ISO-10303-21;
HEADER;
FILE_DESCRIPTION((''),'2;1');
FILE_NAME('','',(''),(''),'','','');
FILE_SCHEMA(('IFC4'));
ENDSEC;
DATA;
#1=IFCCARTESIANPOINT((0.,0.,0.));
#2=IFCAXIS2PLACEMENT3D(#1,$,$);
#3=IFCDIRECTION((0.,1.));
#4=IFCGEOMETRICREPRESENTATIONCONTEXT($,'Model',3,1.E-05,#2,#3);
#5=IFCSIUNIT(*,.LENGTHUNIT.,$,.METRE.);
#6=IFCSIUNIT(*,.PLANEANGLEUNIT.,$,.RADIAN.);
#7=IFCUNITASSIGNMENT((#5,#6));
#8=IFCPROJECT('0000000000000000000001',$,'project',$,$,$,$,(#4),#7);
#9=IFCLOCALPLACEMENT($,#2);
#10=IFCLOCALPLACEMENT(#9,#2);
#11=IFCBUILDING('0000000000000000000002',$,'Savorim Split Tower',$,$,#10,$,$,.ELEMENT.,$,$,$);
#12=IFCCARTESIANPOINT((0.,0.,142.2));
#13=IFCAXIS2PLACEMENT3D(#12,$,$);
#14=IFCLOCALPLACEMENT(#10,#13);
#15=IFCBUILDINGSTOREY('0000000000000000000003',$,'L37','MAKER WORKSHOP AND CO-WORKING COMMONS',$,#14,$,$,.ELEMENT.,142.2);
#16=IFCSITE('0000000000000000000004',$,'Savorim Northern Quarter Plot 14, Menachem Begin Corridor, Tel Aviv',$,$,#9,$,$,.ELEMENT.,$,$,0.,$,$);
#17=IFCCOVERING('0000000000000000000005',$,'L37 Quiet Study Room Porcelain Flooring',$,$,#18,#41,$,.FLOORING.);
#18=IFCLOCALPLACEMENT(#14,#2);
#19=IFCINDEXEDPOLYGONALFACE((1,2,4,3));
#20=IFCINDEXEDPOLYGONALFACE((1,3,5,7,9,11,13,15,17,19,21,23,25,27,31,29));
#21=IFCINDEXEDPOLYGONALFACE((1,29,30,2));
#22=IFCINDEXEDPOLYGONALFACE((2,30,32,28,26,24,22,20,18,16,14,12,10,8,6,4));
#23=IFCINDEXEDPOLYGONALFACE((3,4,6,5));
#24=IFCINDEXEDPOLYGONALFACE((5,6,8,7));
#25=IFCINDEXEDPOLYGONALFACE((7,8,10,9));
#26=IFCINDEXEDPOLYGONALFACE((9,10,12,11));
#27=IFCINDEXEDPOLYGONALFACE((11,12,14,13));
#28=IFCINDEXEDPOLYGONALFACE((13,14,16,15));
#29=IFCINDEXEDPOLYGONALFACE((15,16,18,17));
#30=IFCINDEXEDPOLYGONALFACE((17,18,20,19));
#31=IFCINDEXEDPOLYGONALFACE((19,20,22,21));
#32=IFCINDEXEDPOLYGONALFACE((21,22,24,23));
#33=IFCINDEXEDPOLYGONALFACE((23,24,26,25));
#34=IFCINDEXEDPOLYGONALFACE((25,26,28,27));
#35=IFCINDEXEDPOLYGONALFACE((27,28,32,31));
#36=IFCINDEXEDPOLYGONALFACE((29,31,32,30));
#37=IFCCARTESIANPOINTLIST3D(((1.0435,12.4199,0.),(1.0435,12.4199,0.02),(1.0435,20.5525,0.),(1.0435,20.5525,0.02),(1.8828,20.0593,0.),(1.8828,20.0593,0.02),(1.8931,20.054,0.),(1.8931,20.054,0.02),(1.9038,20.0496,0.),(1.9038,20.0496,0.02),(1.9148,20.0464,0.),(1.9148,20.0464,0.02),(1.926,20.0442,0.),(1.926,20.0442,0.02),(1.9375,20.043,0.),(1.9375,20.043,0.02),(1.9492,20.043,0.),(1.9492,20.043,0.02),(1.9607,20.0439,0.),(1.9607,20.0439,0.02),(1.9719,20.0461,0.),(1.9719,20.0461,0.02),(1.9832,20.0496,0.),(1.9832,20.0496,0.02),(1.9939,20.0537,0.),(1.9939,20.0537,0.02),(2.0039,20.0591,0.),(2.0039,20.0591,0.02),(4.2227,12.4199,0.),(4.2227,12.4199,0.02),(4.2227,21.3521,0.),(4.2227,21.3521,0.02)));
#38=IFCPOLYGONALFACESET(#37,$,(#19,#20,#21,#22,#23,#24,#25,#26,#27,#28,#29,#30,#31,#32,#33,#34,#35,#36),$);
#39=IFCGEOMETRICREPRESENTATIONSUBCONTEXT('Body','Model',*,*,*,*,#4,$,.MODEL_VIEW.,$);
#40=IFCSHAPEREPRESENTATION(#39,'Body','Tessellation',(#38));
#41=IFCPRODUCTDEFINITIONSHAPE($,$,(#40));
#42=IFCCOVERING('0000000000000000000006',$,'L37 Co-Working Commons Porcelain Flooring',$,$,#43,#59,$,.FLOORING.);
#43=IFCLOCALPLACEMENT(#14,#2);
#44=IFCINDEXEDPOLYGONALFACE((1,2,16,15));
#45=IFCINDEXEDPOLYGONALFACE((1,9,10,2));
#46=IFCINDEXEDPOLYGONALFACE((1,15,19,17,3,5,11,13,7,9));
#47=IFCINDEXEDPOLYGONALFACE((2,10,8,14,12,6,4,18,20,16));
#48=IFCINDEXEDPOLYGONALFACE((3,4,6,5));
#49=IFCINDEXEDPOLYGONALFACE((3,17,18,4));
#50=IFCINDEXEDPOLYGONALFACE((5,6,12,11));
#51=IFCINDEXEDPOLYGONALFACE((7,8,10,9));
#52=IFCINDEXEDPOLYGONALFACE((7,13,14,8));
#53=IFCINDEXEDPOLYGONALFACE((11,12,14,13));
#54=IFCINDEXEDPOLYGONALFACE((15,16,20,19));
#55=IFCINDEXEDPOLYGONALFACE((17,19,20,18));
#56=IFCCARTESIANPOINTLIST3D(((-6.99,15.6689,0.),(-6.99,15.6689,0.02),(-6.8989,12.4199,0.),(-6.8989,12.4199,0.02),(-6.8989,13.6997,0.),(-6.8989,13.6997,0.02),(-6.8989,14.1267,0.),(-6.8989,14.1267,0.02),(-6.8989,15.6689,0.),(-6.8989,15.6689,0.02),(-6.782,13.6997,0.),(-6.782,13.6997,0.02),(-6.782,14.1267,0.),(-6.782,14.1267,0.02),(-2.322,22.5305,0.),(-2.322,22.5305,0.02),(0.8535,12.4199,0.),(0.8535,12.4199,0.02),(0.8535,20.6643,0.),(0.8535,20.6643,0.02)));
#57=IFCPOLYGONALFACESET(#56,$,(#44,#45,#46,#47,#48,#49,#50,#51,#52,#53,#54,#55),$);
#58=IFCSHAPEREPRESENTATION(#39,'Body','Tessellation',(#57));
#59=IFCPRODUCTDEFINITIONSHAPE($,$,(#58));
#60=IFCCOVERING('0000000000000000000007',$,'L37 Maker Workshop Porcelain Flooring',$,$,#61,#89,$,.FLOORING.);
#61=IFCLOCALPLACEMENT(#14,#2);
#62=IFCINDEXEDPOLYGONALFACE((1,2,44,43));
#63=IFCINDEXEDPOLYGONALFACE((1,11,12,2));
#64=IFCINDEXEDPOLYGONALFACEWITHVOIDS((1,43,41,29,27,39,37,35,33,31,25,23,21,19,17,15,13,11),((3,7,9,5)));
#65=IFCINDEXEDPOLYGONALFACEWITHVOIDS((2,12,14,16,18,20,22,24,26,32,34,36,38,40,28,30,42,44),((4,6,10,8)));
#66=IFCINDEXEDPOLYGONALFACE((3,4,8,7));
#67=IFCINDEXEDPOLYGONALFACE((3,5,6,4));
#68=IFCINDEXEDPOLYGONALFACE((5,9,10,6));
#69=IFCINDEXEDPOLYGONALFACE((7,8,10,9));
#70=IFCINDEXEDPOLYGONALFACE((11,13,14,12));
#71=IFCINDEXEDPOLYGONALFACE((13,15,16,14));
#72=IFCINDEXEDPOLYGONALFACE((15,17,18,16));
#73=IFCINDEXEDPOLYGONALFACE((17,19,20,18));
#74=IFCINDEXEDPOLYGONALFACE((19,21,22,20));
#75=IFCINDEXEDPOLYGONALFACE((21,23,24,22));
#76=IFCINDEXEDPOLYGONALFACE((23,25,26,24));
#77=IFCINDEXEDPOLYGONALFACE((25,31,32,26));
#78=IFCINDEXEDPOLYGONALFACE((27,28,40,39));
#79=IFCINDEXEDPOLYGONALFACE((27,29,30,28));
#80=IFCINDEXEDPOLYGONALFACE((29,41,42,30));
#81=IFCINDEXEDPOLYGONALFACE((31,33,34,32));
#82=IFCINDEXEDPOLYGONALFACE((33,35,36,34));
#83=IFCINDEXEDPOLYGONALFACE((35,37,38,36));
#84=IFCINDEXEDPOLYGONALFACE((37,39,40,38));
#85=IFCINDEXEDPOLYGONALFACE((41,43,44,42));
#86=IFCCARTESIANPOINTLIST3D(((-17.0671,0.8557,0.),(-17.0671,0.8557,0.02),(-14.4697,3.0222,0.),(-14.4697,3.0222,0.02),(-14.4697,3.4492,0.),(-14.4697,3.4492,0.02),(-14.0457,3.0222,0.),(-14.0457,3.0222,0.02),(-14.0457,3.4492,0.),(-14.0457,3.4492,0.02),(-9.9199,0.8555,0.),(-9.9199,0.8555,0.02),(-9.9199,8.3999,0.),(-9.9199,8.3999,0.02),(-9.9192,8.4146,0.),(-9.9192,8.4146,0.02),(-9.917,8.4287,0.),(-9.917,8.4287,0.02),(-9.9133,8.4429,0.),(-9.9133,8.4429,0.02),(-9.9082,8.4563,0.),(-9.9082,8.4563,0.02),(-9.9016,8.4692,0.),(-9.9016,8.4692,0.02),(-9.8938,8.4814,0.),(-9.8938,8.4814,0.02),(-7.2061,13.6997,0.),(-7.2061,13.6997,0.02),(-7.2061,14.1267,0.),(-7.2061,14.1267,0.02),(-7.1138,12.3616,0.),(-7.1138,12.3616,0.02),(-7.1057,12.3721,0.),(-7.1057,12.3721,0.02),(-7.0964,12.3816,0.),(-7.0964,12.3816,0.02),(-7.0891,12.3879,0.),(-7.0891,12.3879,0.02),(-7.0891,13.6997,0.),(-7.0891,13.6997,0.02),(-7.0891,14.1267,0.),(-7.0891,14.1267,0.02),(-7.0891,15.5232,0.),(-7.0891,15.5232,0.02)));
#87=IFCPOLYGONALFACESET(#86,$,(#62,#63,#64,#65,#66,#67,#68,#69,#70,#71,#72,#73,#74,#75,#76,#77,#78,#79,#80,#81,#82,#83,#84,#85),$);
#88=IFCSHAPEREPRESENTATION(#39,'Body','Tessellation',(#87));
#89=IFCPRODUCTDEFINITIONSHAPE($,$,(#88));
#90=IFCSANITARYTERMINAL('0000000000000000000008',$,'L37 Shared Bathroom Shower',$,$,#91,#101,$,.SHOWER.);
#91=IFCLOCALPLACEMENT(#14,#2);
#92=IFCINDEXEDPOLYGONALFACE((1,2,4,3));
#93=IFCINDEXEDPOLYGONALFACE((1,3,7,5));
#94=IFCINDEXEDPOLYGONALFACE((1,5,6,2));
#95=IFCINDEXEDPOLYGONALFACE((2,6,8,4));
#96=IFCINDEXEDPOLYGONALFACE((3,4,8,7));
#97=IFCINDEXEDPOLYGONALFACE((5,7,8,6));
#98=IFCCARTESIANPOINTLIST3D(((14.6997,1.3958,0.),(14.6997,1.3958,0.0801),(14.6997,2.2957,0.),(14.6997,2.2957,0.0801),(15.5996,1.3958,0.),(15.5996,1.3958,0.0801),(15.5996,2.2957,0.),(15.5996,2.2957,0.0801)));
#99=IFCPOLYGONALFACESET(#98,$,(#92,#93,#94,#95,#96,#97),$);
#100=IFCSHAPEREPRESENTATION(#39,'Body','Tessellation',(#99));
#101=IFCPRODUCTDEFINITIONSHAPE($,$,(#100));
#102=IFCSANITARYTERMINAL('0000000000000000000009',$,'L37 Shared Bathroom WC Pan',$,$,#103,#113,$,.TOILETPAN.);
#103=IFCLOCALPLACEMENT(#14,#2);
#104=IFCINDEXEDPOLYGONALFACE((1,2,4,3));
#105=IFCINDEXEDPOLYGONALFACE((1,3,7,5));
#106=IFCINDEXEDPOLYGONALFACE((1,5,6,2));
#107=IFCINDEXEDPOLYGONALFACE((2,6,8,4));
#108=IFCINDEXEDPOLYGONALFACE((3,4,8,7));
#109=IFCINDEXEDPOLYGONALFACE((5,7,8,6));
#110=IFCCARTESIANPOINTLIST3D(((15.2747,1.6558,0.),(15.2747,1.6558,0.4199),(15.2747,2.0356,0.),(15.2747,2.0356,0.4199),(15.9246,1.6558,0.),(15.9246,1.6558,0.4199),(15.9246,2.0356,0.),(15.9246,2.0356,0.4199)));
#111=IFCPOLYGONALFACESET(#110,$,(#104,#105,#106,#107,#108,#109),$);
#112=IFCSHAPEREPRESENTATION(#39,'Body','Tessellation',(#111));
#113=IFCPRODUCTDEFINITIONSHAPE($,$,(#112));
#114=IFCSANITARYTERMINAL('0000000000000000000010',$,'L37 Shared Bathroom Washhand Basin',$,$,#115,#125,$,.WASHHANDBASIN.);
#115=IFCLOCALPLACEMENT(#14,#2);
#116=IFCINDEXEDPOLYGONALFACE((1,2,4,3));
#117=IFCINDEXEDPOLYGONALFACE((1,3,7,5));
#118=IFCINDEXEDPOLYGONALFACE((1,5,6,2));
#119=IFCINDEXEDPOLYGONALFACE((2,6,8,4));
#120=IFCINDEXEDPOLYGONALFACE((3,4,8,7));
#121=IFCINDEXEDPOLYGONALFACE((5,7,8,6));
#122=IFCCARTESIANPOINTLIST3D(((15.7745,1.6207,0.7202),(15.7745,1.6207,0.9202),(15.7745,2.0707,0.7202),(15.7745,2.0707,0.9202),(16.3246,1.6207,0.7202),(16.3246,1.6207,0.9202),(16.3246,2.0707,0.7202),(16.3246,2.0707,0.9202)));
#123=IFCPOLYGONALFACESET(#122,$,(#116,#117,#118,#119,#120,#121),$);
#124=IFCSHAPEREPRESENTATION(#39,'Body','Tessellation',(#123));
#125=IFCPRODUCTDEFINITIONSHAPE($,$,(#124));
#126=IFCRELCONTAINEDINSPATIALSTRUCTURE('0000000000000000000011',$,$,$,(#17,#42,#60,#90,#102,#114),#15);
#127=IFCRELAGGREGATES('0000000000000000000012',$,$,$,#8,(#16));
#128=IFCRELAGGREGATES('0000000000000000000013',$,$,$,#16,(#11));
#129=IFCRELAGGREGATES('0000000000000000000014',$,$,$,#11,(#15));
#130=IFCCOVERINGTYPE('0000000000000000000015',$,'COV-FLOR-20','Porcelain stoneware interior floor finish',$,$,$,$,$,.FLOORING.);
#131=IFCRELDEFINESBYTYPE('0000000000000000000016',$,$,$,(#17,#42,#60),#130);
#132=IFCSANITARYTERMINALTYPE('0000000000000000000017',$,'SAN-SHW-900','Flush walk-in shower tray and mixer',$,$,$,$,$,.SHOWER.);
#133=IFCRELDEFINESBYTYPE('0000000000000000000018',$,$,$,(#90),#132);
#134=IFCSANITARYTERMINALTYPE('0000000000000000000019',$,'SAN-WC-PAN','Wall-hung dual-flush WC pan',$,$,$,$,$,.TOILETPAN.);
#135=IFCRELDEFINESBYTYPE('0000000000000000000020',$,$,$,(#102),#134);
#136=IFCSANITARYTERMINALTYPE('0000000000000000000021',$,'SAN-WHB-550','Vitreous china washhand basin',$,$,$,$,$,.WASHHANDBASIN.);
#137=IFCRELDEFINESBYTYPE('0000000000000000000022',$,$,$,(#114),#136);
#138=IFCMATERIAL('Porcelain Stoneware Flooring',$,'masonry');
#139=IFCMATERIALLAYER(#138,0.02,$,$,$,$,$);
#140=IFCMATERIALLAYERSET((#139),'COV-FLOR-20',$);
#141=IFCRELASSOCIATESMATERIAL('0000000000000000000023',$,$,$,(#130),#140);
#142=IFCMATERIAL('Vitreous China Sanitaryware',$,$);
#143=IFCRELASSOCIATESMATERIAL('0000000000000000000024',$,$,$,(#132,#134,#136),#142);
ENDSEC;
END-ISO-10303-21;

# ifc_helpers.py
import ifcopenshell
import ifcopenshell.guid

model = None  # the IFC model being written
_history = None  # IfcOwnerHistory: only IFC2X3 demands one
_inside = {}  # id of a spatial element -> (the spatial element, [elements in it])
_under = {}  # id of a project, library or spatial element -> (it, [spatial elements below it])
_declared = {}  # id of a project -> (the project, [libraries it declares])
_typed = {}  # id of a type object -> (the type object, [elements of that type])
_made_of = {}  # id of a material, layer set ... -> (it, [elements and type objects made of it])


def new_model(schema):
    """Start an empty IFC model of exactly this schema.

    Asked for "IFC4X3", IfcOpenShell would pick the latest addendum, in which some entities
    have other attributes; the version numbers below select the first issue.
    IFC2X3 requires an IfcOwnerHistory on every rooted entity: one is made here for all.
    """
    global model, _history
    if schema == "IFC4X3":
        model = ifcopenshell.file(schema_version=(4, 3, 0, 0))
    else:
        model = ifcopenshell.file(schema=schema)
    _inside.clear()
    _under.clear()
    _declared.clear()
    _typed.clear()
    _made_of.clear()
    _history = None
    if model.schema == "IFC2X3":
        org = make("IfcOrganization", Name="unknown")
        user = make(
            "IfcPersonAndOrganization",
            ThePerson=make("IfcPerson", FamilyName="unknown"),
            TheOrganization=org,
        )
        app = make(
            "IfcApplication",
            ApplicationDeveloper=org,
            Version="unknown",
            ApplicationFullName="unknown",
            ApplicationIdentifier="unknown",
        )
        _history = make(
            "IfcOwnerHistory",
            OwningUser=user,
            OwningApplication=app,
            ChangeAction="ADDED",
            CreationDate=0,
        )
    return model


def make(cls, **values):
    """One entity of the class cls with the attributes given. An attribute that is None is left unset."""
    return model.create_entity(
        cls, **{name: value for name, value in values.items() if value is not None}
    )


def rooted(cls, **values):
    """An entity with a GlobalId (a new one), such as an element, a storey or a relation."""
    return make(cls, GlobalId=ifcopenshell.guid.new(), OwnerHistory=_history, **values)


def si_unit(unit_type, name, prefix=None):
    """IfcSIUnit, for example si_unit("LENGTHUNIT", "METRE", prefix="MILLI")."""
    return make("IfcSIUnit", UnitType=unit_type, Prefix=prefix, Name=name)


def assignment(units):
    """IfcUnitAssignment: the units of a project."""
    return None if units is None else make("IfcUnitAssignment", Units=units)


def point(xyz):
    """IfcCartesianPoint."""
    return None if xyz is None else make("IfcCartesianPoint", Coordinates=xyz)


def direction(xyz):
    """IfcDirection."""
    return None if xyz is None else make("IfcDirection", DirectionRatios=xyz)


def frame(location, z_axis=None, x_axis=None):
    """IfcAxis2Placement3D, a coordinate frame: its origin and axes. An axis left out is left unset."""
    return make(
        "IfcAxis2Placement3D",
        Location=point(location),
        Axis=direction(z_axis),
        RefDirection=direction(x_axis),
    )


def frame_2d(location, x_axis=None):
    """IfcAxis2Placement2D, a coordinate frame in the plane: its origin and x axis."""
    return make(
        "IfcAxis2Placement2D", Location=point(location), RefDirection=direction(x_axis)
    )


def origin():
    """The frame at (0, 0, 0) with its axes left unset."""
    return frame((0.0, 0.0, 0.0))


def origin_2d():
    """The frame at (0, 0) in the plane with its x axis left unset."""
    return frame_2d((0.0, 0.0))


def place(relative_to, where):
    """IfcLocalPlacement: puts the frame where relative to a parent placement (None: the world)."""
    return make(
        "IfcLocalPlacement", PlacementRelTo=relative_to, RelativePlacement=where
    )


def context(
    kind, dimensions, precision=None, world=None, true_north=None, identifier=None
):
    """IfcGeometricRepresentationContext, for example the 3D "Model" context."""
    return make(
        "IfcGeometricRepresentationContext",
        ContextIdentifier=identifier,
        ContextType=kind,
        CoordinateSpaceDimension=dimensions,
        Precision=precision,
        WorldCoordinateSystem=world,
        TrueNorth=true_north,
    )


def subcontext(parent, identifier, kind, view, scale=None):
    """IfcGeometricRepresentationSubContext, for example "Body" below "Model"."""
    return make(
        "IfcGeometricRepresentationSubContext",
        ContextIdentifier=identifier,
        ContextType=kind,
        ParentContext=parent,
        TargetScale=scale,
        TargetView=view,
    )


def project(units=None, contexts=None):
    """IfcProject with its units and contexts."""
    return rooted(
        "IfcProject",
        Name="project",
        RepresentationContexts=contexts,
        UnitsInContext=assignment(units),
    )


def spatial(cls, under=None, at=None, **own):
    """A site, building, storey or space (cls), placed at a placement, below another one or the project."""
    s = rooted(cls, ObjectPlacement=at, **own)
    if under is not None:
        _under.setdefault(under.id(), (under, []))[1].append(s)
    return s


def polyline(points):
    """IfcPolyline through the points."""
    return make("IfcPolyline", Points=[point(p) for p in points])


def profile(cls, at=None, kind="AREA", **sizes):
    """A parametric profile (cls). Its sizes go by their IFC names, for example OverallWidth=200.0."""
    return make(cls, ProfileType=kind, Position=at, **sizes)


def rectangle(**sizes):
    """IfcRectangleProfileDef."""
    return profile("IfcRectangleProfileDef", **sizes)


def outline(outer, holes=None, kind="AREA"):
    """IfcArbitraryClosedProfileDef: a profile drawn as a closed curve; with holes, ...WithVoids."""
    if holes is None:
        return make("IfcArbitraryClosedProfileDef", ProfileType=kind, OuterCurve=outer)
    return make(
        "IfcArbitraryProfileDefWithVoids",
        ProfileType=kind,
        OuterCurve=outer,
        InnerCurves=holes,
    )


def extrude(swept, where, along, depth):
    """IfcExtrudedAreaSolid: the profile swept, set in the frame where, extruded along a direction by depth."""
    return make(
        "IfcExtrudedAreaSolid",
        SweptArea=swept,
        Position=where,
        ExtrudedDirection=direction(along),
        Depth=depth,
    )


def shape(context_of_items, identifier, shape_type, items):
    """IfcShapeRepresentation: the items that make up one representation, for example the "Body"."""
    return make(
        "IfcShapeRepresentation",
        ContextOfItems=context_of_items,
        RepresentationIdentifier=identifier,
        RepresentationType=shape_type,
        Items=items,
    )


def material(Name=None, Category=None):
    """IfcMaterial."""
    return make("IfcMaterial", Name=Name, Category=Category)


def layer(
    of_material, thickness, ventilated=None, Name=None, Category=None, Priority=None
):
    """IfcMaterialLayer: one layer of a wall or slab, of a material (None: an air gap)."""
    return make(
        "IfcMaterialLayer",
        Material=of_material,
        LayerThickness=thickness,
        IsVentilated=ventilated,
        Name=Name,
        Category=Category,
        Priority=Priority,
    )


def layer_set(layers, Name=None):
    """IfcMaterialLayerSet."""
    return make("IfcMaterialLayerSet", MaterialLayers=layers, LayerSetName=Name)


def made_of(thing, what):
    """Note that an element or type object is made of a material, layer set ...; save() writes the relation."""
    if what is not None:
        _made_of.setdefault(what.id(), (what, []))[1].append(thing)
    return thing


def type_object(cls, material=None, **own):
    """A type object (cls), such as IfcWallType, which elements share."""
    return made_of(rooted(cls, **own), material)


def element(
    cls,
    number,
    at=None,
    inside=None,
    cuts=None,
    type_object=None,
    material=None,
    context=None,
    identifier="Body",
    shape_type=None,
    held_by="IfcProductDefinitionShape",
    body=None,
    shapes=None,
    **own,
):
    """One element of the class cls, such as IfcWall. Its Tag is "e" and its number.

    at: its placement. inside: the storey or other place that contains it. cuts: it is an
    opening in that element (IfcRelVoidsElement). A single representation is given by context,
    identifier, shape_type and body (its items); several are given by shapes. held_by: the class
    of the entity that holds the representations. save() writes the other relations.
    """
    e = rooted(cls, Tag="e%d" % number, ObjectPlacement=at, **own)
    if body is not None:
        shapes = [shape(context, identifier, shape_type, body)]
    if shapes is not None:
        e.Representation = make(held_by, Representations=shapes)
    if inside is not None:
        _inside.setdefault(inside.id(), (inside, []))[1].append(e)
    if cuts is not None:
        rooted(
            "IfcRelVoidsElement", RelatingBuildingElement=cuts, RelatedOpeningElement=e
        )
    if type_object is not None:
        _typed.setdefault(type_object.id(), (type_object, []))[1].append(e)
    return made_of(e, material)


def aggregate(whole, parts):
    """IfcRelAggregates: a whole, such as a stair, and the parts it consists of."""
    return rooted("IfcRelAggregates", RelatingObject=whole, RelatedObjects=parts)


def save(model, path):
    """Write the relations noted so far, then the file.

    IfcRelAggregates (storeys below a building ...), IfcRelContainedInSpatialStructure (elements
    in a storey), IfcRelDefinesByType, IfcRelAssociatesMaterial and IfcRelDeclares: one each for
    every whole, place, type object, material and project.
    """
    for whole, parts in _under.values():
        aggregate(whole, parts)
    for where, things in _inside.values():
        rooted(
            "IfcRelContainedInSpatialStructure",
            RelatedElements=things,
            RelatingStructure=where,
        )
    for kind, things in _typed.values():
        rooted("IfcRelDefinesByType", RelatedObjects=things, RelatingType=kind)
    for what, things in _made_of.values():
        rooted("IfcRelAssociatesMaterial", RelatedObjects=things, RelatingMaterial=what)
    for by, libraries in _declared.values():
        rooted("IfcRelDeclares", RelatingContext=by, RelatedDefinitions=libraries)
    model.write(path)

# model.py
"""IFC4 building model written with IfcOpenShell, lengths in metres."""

from ifc_helpers import new_model, si_unit, direction, frame, origin, origin_2d, place, context, subcontext, project, spatial, polyline, rectangle, outline, extrude, material, layer, layer_set, type_object, element, save


model = new_model("IFC4")

# Units and contexts
model_context = context("Model", 3, precision=1e-05, world=origin(), true_north=direction((0.0, 1.0)))
body_context = subcontext(model_context, "Body", "Model", "MODEL_VIEW")
ifc_project = project(units=[si_unit("LENGTHUNIT", "METRE"), si_unit("PLANEANGLEUNIT", "RADIAN")], contexts=[model_context])

# Site, building, storey
site_placement = place(None, origin())
site = spatial("IfcSite", under=ifc_project, at=site_placement, Name="Savorim Northern Quarter Plot 14, Menachem Begin Corridor, Tel Aviv", CompositionType="ELEMENT", RefElevation=0.0)
building_placement = place(site_placement, origin())
building = spatial("IfcBuilding", under=site, at=building_placement, Name="Savorim Split Tower", CompositionType="ELEMENT")
storey_placement = place(building_placement, frame((0.0, 0.0, 142.2)))
storey = spatial("IfcBuildingStorey", under=building, at=storey_placement, Name="L37", Description="MAKER WORKSHOP AND CO-WORKING COMMONS", CompositionType="ELEMENT", Elevation=142.2)

# Coverings
ifc_material_1 = material(Name="Porcelain Stoneware Flooring", Category="masonry")
ifc_layer_1 = layer(ifc_material_1, 0.02)
ifc_layer_set_1 = layer_set([ifc_layer_1], Name="COV-FLOR-20")
covering_type_1 = type_object("IfcCoveringType", Name="COV-FLOR-20", Description="Porcelain stoneware interior floor finish", PredefinedType="FLOORING", material=ifc_layer_set_1)
covering_1_placement = place(storey_placement, origin())
element("IfcCovering", 1, at=covering_1_placement, inside=storey, type_object=covering_type_1, Name="L37 Quiet Study Room Porcelain Flooring", PredefinedType="FLOORING", context=body_context, shape_type="SweptSolid", body=[
    extrude(outline(polyline([(1.9038, 20.0496), (1.8931, 20.054), (1.8828, 20.0593), (1.0435, 20.5525), (1.0435, 12.4199), (4.2227, 12.4199), (4.2227, 21.3521), (2.0039, 20.0591), (1.9939, 20.0537), (1.9832, 20.0496), (1.9719, 20.0461), (1.9607, 20.0439), (1.9492, 20.043), (1.9375, 20.043), (1.926, 20.0442), (1.9148, 20.0464), (1.9038, 20.0496)])), origin(), (0.0, 0.0, 1.0), 0.02),
])
covering_2_placement = place(storey_placement, origin())
element("IfcCovering", 2, at=covering_2_placement, inside=storey, type_object=covering_type_1, Name="L37 Co-Working Commons Porcelain Flooring", PredefinedType="FLOORING", context=body_context, shape_type="SweptSolid", body=[
    extrude(outline(polyline([(-6.8989, 12.4199), (0.8535, 12.4199), (0.8535, 20.6643), (-2.322, 22.5305), (-6.99, 15.6689), (-6.8989, 15.6689), (-6.8989, 14.1267), (-6.782, 14.1267), (-6.782, 13.6997), (-6.8989, 13.6997), (-6.8989, 12.4199)])), origin(), (0.0, 0.0, 1.0), 0.02),
])
covering_3_placement = place(storey_placement, origin())
element("IfcCovering", 3, at=covering_3_placement, inside=storey, type_object=covering_type_1, Name="L37 Maker Workshop Porcelain Flooring", PredefinedType="FLOORING", context=body_context, shape_type="SweptSolid", body=[
    extrude(outline(polyline([(-7.1057, 12.3721), (-7.0964, 12.3816), (-7.0891, 12.3879), (-7.0891, 13.6997), (-7.2061, 13.6997), (-7.2061, 14.1267), (-7.0891, 14.1267), (-7.0891, 15.5232), (-17.0671, 0.8557), (-9.9199, 0.8555), (-9.9199, 8.3999), (-9.9192, 8.4146), (-9.917, 8.4287), (-9.9133, 8.4429), (-9.9082, 8.4563), (-9.9016, 8.4692), (-9.8938, 8.4814), (-7.1138, 12.3616), (-7.1057, 12.3721)]), holes=[polyline([(-14.4697, 3.4492), (-14.4697, 3.0222), (-14.0457, 3.0222), (-14.0457, 3.4492), (-14.4697, 3.4492)])]), origin(), (0.0, 0.0, 1.0), 0.02),
])

# Sanitary terminals
ifc_material_2 = material(Name="Vitreous China Sanitaryware")
sanitary_terminal_type_1 = type_object("IfcSanitaryTerminalType", Name="SAN-SHW-900", Description="Flush walk-in shower tray and mixer", PredefinedType="SHOWER", material=ifc_material_2)
sanitary_terminal_1_placement = place(storey_placement, frame((15.1497, 1.8457, 0.0), z_axis=(0.0, 0.0, 1.0), x_axis=(1.0, 0.0, 0.0)))
element("IfcSanitaryTerminal", 4, at=sanitary_terminal_1_placement, inside=storey, type_object=sanitary_terminal_type_1, Name="L37 Shared Bathroom Shower", PredefinedType="SHOWER", context=body_context, shape_type="SweptSolid", body=[
    extrude(rectangle(XDim=0.8999, YDim=0.8999, at=origin_2d()), origin(), (0.0, 0.0, 1.0), 0.0801),
])
sanitary_terminal_type_2 = type_object("IfcSanitaryTerminalType", Name="SAN-WC-PAN", Description="Wall-hung dual-flush WC pan", PredefinedType="TOILETPAN", material=ifc_material_2)
sanitary_terminal_2_placement = place(storey_placement, frame((15.5996, 1.8457, 0.0), z_axis=(0.0, 0.0, 1.0), x_axis=(1.0, 0.0, 0.0)))
element("IfcSanitaryTerminal", 5, at=sanitary_terminal_2_placement, inside=storey, type_object=sanitary_terminal_type_2, Name="L37 Shared Bathroom WC Pan", PredefinedType="TOILETPAN", context=body_context, shape_type="SweptSolid", body=[
    extrude(rectangle(XDim=0.6499, YDim=0.3799, at=origin_2d()), origin(), (0.0, 0.0, 1.0), 0.4199),
])
sanitary_terminal_type_3 = type_object("IfcSanitaryTerminalType", Name="SAN-WHB-550", Description="Vitreous china washhand basin", PredefinedType="WASHHANDBASIN", material=ifc_material_2)
sanitary_terminal_3_placement = place(storey_placement, frame((16.0496, 1.8457, 0.7202), z_axis=(0.0, 0.0, 1.0), x_axis=(1.0, 0.0, 0.0)))
element("IfcSanitaryTerminal", 6, at=sanitary_terminal_3_placement, inside=storey, type_object=sanitary_terminal_type_3, Name="L37 Shared Bathroom Washhand Basin", PredefinedType="WASHHANDBASIN", context=body_context, shape_type="SweptSolid", body=[
    extrude(rectangle(XDim=0.55, YDim=0.45, at=origin_2d()), origin(), (0.0, 0.0, 1.0), 0.2),
])

save(model, "model.ifc")
